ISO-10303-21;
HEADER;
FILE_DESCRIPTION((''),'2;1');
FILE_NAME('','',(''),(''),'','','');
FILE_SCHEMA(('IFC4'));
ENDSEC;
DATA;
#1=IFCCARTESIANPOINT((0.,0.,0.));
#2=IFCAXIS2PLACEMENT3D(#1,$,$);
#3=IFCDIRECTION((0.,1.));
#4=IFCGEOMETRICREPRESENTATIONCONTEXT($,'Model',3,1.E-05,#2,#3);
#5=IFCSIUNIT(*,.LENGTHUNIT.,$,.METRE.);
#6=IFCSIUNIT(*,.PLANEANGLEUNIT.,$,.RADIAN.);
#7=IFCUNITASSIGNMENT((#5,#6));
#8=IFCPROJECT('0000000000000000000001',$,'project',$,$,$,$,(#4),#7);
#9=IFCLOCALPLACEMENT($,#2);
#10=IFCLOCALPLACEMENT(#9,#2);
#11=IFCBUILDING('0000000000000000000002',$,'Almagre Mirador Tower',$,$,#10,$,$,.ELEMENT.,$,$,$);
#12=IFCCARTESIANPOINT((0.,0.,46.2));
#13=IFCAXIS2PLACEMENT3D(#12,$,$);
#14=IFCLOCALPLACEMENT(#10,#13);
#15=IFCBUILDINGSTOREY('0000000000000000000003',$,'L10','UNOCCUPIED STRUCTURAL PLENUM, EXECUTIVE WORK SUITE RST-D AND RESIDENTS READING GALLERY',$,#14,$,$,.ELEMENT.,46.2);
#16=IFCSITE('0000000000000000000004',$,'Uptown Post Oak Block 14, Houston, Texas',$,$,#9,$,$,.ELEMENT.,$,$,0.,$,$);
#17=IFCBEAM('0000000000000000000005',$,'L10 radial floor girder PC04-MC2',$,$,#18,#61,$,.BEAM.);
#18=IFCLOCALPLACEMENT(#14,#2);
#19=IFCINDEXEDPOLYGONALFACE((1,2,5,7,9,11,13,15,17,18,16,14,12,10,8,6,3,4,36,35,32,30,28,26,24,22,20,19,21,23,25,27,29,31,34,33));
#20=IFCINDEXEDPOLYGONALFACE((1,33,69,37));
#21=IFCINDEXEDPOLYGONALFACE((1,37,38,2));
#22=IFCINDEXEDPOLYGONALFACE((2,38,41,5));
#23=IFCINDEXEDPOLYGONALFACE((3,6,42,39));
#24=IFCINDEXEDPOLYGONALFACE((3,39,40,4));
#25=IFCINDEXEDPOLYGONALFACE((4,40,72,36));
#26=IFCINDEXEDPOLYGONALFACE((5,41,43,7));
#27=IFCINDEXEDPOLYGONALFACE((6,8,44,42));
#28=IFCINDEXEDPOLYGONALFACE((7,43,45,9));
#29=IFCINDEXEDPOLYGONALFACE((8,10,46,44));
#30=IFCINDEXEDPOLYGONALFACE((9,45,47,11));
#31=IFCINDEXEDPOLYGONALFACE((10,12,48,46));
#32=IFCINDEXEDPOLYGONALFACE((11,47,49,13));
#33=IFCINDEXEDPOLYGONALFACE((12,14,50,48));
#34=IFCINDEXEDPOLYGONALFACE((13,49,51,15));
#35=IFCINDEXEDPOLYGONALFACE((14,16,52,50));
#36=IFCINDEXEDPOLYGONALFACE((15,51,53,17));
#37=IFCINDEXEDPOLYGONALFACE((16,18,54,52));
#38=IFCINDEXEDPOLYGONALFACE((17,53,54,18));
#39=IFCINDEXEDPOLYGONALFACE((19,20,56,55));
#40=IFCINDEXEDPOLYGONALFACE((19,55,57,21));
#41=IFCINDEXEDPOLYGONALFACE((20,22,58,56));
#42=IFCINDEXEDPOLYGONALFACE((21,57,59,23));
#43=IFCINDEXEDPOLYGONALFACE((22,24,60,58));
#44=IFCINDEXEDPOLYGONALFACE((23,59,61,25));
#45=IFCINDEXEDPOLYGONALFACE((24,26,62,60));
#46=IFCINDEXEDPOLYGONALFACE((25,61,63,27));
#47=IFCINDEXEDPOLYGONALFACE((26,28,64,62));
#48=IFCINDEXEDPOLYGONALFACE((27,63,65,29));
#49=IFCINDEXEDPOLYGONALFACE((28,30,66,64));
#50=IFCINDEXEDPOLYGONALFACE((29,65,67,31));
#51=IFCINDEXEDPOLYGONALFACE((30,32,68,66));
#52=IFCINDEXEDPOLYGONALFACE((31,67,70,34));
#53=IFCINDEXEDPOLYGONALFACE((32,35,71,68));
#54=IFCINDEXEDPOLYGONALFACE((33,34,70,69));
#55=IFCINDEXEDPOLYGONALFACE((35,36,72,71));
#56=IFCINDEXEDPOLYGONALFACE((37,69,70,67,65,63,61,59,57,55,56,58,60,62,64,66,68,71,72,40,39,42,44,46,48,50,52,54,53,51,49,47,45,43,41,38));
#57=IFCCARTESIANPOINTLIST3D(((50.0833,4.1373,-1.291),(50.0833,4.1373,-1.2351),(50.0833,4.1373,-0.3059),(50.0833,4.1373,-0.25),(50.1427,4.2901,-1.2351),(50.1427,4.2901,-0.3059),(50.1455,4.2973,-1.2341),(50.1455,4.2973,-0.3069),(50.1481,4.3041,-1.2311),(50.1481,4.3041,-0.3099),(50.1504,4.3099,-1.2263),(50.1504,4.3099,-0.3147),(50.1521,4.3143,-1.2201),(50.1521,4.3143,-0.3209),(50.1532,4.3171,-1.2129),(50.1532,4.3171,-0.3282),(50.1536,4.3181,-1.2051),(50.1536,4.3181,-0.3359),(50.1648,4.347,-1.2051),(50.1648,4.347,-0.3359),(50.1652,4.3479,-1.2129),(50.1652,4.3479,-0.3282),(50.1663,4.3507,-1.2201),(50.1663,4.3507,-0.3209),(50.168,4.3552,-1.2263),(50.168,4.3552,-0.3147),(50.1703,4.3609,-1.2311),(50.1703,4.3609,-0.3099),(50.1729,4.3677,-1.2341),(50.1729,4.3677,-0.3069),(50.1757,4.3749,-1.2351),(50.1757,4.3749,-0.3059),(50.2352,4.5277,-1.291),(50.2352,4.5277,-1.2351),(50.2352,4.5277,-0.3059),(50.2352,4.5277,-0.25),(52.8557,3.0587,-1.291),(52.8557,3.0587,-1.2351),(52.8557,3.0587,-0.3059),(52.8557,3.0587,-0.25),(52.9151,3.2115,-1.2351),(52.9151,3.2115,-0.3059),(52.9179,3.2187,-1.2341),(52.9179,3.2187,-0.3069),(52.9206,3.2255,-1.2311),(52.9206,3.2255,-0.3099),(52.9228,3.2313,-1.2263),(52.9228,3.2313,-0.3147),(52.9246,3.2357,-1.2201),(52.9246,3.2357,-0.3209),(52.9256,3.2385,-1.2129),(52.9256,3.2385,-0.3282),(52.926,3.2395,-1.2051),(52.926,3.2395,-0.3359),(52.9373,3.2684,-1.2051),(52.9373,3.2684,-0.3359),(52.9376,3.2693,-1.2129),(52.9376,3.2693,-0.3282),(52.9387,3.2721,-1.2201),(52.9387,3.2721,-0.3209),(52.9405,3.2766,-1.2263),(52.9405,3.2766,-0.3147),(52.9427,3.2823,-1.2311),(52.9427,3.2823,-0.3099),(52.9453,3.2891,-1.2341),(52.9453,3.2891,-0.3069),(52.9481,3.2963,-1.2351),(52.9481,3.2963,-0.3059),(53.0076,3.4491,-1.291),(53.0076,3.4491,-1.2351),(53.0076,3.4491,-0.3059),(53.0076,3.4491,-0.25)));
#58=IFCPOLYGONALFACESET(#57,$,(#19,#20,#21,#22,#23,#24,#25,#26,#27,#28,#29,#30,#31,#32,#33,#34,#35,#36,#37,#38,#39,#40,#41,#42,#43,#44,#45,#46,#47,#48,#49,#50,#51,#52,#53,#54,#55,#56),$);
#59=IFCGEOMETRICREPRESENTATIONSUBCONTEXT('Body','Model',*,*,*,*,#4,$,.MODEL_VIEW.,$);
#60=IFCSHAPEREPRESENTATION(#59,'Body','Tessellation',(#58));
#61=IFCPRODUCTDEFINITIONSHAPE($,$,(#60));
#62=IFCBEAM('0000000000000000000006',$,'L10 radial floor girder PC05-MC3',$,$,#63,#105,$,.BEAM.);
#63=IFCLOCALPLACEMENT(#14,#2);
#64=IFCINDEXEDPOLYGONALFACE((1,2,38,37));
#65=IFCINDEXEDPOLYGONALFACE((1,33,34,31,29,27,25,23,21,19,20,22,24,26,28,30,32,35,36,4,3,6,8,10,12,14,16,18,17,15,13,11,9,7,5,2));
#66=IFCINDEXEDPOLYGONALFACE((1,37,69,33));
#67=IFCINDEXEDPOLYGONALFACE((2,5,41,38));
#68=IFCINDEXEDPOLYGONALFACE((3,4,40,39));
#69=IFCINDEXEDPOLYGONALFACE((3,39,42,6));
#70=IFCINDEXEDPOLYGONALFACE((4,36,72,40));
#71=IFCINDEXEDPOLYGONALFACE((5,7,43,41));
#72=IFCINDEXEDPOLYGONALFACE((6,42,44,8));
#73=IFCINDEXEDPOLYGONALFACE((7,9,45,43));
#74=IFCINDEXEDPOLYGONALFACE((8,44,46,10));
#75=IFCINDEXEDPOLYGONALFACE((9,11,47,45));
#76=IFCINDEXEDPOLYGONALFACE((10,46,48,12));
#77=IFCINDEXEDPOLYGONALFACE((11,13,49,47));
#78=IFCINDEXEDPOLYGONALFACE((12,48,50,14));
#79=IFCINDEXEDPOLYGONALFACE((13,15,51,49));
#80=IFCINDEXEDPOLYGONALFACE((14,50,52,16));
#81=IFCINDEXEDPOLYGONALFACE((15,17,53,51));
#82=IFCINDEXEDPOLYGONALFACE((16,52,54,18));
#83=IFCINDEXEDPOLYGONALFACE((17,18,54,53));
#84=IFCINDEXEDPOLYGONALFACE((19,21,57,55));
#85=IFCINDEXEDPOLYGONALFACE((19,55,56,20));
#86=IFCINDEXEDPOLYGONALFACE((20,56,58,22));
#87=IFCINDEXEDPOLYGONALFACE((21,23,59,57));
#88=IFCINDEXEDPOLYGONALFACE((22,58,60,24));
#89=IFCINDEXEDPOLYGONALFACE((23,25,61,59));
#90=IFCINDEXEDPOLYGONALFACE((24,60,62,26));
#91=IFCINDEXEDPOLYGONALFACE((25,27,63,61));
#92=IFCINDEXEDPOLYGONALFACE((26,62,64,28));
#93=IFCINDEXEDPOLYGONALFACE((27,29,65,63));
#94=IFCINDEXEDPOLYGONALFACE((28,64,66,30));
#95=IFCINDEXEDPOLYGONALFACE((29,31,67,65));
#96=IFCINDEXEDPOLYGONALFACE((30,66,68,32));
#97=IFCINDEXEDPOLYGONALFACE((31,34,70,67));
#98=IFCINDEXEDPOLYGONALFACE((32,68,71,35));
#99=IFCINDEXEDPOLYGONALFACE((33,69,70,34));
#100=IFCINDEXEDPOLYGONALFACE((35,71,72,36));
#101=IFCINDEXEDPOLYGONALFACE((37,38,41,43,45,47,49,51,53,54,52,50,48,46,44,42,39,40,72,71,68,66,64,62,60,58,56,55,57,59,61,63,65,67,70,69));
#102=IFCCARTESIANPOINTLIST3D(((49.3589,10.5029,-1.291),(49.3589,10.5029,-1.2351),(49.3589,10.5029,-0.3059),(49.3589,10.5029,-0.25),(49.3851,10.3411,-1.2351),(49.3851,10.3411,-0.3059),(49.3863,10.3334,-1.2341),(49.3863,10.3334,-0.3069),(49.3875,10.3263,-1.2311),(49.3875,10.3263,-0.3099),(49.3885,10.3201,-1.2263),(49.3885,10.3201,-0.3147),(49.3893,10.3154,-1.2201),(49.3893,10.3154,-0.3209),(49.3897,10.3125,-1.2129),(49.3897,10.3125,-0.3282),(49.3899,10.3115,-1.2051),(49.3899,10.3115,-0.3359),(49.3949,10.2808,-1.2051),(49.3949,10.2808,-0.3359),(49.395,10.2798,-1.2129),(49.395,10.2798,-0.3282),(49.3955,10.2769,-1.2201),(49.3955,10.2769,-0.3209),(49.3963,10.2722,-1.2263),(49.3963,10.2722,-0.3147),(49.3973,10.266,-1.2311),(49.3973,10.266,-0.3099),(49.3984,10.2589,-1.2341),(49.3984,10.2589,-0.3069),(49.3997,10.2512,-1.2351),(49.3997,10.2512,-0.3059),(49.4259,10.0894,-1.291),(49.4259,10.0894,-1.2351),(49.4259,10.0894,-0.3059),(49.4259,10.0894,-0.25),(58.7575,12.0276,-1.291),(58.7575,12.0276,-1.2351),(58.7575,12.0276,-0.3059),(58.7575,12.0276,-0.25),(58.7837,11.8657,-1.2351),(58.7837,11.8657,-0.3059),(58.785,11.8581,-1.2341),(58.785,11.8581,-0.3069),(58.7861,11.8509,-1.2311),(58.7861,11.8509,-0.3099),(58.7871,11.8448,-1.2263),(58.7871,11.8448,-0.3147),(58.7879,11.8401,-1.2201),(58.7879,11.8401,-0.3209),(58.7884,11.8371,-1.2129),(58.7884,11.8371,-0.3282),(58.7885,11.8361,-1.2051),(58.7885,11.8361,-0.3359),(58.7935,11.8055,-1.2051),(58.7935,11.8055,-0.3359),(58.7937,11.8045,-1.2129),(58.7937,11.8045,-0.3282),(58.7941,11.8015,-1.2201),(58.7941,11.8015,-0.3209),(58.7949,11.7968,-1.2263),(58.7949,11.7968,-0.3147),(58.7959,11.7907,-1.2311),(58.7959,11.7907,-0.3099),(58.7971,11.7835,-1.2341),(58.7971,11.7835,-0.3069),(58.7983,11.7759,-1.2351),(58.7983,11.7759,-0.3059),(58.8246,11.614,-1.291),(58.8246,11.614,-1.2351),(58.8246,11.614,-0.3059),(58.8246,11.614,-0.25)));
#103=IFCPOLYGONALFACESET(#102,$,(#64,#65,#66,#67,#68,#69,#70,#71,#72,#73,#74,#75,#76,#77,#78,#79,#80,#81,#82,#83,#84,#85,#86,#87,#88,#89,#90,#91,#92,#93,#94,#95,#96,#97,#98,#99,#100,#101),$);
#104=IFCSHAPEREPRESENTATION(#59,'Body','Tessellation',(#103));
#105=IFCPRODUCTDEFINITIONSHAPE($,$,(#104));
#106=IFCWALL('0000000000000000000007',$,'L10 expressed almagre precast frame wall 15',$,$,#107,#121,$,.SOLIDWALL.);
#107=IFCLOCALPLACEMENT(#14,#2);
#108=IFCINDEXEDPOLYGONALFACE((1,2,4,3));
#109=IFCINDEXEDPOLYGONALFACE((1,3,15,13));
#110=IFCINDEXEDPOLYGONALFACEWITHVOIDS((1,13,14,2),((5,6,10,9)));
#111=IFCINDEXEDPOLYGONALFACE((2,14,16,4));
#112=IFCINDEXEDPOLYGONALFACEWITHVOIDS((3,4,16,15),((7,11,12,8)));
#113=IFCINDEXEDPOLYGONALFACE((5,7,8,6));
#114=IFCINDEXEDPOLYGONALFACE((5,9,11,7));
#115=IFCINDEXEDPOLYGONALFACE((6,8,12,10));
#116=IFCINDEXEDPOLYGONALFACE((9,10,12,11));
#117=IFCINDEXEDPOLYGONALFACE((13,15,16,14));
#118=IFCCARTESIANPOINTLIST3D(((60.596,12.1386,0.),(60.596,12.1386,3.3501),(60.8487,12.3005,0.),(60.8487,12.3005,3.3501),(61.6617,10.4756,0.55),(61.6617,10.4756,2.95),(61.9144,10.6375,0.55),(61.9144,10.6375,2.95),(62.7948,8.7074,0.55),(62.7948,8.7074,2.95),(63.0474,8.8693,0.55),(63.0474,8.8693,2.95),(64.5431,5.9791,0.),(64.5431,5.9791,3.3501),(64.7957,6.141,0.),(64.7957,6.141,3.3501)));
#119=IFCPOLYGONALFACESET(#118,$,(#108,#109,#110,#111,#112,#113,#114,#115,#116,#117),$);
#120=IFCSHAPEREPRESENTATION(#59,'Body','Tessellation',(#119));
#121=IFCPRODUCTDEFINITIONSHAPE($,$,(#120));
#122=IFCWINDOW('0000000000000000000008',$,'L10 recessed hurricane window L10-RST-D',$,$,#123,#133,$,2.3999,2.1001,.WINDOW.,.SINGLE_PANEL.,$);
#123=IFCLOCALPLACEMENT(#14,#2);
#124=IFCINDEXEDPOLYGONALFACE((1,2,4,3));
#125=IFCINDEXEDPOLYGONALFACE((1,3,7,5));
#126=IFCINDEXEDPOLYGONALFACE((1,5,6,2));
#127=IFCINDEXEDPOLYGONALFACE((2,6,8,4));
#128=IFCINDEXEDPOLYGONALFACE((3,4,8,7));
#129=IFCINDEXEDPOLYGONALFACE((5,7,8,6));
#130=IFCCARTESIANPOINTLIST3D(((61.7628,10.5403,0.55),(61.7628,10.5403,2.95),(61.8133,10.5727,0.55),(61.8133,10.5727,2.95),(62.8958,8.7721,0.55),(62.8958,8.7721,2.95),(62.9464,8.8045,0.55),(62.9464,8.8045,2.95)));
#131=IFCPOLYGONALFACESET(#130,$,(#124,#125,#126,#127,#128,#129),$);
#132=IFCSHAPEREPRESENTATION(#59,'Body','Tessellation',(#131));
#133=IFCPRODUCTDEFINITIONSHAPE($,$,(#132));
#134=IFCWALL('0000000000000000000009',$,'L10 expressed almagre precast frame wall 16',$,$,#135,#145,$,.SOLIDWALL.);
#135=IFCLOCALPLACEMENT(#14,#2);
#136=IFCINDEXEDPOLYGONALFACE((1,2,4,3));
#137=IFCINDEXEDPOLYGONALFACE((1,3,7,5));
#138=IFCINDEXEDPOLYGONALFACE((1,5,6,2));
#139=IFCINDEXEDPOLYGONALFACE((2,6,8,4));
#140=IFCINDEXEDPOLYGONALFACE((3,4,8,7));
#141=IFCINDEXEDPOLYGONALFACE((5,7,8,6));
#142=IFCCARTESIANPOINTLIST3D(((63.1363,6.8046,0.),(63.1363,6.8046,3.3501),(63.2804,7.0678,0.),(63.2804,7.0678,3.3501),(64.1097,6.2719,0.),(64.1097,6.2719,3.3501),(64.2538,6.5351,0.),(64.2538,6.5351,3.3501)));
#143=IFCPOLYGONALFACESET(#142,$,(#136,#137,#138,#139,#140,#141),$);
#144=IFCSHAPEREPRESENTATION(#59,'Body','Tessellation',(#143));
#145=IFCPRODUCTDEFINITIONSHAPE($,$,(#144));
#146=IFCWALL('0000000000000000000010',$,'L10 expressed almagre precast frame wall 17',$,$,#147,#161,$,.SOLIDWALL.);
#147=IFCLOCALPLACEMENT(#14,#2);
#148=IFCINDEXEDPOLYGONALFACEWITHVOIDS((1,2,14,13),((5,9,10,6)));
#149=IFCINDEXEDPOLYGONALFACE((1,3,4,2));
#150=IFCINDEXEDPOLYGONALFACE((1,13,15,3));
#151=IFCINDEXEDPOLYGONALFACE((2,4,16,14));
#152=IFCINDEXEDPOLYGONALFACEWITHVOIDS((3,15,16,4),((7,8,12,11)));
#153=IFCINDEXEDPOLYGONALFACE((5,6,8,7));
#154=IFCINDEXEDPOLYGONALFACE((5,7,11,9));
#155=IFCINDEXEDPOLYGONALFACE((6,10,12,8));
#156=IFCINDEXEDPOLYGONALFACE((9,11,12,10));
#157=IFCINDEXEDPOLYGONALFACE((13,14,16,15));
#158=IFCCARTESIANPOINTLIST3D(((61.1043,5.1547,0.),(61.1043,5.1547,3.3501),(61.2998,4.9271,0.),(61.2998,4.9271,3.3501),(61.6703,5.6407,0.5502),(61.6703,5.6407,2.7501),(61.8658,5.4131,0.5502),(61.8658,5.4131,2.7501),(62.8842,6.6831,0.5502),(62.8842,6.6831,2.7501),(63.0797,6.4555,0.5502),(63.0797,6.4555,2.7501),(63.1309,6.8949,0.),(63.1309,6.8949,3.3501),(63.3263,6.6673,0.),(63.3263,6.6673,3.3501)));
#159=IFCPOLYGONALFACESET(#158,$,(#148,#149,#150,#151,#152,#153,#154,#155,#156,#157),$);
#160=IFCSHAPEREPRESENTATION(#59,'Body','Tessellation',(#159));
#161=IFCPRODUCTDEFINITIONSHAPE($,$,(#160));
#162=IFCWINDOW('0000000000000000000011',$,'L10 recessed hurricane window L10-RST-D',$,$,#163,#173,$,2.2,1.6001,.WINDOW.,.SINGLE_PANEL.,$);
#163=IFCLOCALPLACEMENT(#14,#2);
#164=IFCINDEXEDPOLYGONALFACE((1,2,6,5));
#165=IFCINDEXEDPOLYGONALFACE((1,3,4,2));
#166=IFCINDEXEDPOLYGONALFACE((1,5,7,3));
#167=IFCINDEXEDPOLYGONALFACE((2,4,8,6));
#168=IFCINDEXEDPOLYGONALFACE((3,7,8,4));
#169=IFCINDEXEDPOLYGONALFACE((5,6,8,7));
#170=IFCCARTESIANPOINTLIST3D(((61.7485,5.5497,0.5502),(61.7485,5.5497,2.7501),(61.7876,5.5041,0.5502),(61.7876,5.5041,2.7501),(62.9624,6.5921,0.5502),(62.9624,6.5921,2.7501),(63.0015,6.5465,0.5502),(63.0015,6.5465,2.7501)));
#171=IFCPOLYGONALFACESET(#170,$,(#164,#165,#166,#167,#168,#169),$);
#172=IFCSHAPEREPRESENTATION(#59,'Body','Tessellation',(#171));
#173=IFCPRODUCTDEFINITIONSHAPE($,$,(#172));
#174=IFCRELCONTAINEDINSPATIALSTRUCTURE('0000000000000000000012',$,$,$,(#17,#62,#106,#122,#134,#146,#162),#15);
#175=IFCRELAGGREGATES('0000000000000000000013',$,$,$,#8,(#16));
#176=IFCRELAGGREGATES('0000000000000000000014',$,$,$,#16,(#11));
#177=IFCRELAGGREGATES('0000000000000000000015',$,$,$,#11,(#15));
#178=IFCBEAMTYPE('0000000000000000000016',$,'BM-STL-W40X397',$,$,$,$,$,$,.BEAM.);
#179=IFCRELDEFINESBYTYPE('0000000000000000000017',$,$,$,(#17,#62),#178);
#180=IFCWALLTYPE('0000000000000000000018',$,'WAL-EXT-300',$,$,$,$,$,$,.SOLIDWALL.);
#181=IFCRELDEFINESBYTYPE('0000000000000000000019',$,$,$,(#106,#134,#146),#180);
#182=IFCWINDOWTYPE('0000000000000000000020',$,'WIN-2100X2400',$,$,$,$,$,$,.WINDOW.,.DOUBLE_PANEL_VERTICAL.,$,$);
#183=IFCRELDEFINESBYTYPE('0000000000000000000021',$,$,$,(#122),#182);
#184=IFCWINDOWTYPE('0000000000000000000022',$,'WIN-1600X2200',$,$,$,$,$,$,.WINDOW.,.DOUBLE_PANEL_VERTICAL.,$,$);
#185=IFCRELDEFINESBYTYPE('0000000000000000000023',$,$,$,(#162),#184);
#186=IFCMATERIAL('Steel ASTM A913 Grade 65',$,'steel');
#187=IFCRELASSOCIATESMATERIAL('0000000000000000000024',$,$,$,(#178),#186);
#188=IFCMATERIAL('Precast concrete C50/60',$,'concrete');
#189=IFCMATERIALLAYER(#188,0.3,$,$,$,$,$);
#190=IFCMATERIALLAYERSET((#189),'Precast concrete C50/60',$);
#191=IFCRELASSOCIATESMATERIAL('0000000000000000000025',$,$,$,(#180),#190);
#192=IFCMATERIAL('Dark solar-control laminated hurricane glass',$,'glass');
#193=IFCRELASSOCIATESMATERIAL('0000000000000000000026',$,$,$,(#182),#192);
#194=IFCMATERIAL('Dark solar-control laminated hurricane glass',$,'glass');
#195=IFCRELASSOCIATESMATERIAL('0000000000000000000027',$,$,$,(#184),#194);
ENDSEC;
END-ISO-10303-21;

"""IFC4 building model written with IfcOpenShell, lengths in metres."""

from ifc_helpers import new_model, si_unit, direction, frame, frame_2d, origin, origin_2d, place, context, subcontext, project, spatial, rectangle, i_section, extrude, material, layer, layer_set, material_profile, profile_set, type_object, element, fill, save


model = new_model("IFC4")

# Units and contexts
model_context = context("Model", 3, precision=1e-05, world=origin(), true_north=direction((0.0, 1.0)))
body_context = subcontext(model_context, "Body", "Model", "MODEL_VIEW")
ifc_project = project(units=[si_unit("LENGTHUNIT", "METRE"), si_unit("PLANEANGLEUNIT", "RADIAN")], contexts=[model_context])

# Site, building, storey
site_placement = place(None, origin())
site = spatial("IfcSite", under=ifc_project, at=site_placement, Name="Uptown Post Oak Block 14, Houston, Texas", CompositionType="ELEMENT", RefElevation=0.0)
building_placement = place(site_placement, origin())
building = spatial("IfcBuilding", under=site, at=building_placement, Name="Almagre Mirador Tower", CompositionType="ELEMENT")
storey_placement = place(building_placement, frame((0.0, 0.0, 46.2)))
storey = spatial("IfcBuildingStorey", under=building, at=storey_placement, Name="L10", Description="UNOCCUPIED STRUCTURAL PLENUM, EXECUTIVE WORK SUITE RST-D AND RESIDENTS READING GALLERY", CompositionType="ELEMENT", Elevation=46.2)

# Beams
ifc_material_1 = material(Name="Steel ASTM A913 Grade 65", Category="steel")
ifc_material_profile_1 = material_profile(ifc_material_1, i_section(OverallWidth=0.4189, OverallDepth=1.041, WebThickness=0.031, FlangeThickness=0.0559, FilletRadius=0.03, at=origin_2d()), Name="W40X397")
ifc_profile_set_1 = profile_set([ifc_material_profile_1], Name="Steel ASTM A913 Grade 65")
beam_type_1 = type_object("IfcBeamType", Name="BM-STL-W40X397", PredefinedType="BEAM", material=ifc_profile_set_1)
beam_1_placement = place(storey_placement, frame((52.9316, 3.2539, -0.7705), z_axis=(-0.931955, 0.362573, 0.0), x_axis=(-0.362573, -0.931955, 0.0)))
element("IfcBeam", 1, at=beam_1_placement, inside=storey, type_object=beam_type_1, Name="L10 radial floor girder PC04-MC2", PredefinedType="BEAM", context=body_context, shape_type="SweptSolid", body=[
    extrude(i_section(OverallWidth=0.4189, OverallDepth=1.041, WebThickness=0.031, FlangeThickness=0.0559, FilletRadius=0.03, at=origin_2d()), origin(), (0.0, 0.0, 1.0), 2.9749),
])
beam_2_placement = place(storey_placement, frame((58.791, 11.8208, -0.7705), z_axis=(-0.987096, -0.160127, 0.0), x_axis=(0.160127, -0.987096, 0.0)))
element("IfcBeam", 2, at=beam_2_placement, inside=storey, type_object=beam_type_1, Name="L10 radial floor girder PC05-MC3", PredefinedType="BEAM", context=body_context, shape_type="SweptSolid", body=[
    extrude(i_section(OverallWidth=0.4189, OverallDepth=1.041, WebThickness=0.031, FlangeThickness=0.0559, FilletRadius=0.03, at=origin_2d()), origin(), (0.0, 0.0, 1.0), 9.5215),
])

# Wall, opening, window
ifc_material_2 = material(Name="Precast concrete C50/60", Category="concrete")
ifc_layer_1 = layer(ifc_material_2, 0.3)
ifc_layer_set_1 = layer_set([ifc_layer_1], Name="Precast concrete C50/60")
wall_type_1 = type_object("IfcWallType", Name="WAL-EXT-300", PredefinedType="SOLIDWALL", material=ifc_layer_set_1)
wall_1_placement = place(storey_placement, frame((60.7224, 12.2195, 0.0), z_axis=(0.0, 0.0, 1.0), x_axis=(0.539538, -0.841962, 0.0)))
wall_1 = element("IfcWall", 3, at=wall_1_placement, inside=storey, type_object=wall_type_1, Name="L10 expressed almagre precast frame wall 15", PredefinedType="SOLIDWALL", context=body_context, shape_type="SweptSolid", body=[
    extrude(rectangle(XDim=7.3157, YDim=0.3, at=frame_2d((3.6577, 0.0))), origin(), (0.0, 0.0, 1.0), 3.3501),
])
opening_1_placement = place(wall_1_placement, frame((1.9751, 0.0, 0.55)))
opening_1 = element("IfcOpeningElement", 4, at=opening_1_placement, cuts=wall_1, PredefinedType="OPENING", context=body_context, shape_type="SweptSolid", body=[
    extrude(rectangle(XDim=2.1001, YDim=2.3999, at=frame_2d((1.05, 1.2))), frame((0.0, 0.1599, 0.0), z_axis=(0.0, -1.0, 0.0), x_axis=(1.0, 0.0, 0.0)), (0.0, 0.0, 1.0), 0.32),
])
ifc_material_3 = material(Name="Dark solar-control laminated hurricane glass", Category="glass")
window_type_1 = type_object("IfcWindowType", Name="WIN-2100X2400", PartitioningType="DOUBLE_PANEL_VERTICAL", PredefinedType="WINDOW", material=ifc_material_3)
window_1_placement = place(opening_1_placement, origin())
window_1 = element("IfcWindow", 5, at=window_1_placement, inside=storey, type_object=window_type_1, Name="L10 recessed hurricane window L10-RST-D", OverallHeight=2.3999, OverallWidth=2.1001, PartitioningType="SINGLE_PANEL", PredefinedType="WINDOW", context=body_context, shape_type="SweptSolid", body=[
    extrude(rectangle(XDim=2.1001, YDim=2.3999, at=frame_2d((1.05, 1.2))), frame((0.0, 0.03, 0.0), z_axis=(0.0, -1.0, 0.0), x_axis=(1.0, 0.0, 0.0)), (0.0, 0.0, 1.0), 0.0601),
])
fill(opening_1, window_1)

# Wall
wall_2_placement = place(storey_placement, frame((64.1816, 6.4036, 0.0), z_axis=(0.0, 0.0, 1.0), x_axis=(-0.877222, 0.480085, 0.0)))
element("IfcWall", 6, at=wall_2_placement, inside=storey, type_object=wall_type_1, Name="L10 expressed almagre precast frame wall 16", PredefinedType="SOLIDWALL", context=body_context, shape_type="SweptSolid", body=[
    extrude(rectangle(XDim=1.1096, YDim=0.3, at=frame_2d((0.5547, 0.0))), origin(), (0.0, 0.0, 1.0), 3.3501),
])

# Wall, opening, window
wall_3_placement = place(storey_placement, frame((63.2285, 6.781, 0.0), z_axis=(0.0, 0.0, 1.0), x_axis=(-0.758676, -0.651469, 0.0)))
wall_3 = element("IfcWall", 7, at=wall_3_placement, inside=storey, type_object=wall_type_1, Name="L10 expressed almagre precast frame wall 17", PredefinedType="SOLIDWALL", context=body_context, shape_type="SweptSolid", body=[
    extrude(rectangle(XDim=2.6711, YDim=0.3, at=frame_2d((1.3354, 0.0))), origin(), (0.0, 0.0, 1.0), 3.3501),
])
opening_2_placement = place(wall_3_placement, frame((0.325, 0.0, 0.55)))
opening_2 = element("IfcOpeningElement", 8, at=opening_2_placement, cuts=wall_3, PredefinedType="OPENING", context=body_context, shape_type="SweptSolid", body=[
    extrude(rectangle(XDim=1.6001, YDim=2.2, at=frame_2d((0.8, 1.1001))), frame((0.0, 0.1599, 0.0), z_axis=(0.0, -1.0, 0.0), x_axis=(1.0, 0.0, 0.0)), (0.0, 0.0, 1.0), 0.32),
])
ifc_material_4 = material(Name="Dark solar-control laminated hurricane glass", Category="glass")
window_type_2 = type_object("IfcWindowType", Name="WIN-1600X2200", PartitioningType="DOUBLE_PANEL_VERTICAL", PredefinedType="WINDOW", material=ifc_material_4)
window_2_placement = place(opening_2_placement, origin())
window_2 = element("IfcWindow", 9, at=window_2_placement, inside=storey, type_object=window_type_2, Name="L10 recessed hurricane window L10-RST-D", OverallHeight=2.2, OverallWidth=1.6001, PartitioningType="SINGLE_PANEL", PredefinedType="WINDOW", context=body_context, shape_type="SweptSolid", body=[
    extrude(rectangle(XDim=1.6001, YDim=2.2, at=frame_2d((0.8, 1.1001))), frame((0.0, 0.03, 0.0), z_axis=(0.0, -1.0, 0.0), x_axis=(1.0, 0.0, 0.0)), (0.0, 0.0, 1.0), 0.0601),
])
fill(opening_2, window_2)

save(model, "model.ifc")
